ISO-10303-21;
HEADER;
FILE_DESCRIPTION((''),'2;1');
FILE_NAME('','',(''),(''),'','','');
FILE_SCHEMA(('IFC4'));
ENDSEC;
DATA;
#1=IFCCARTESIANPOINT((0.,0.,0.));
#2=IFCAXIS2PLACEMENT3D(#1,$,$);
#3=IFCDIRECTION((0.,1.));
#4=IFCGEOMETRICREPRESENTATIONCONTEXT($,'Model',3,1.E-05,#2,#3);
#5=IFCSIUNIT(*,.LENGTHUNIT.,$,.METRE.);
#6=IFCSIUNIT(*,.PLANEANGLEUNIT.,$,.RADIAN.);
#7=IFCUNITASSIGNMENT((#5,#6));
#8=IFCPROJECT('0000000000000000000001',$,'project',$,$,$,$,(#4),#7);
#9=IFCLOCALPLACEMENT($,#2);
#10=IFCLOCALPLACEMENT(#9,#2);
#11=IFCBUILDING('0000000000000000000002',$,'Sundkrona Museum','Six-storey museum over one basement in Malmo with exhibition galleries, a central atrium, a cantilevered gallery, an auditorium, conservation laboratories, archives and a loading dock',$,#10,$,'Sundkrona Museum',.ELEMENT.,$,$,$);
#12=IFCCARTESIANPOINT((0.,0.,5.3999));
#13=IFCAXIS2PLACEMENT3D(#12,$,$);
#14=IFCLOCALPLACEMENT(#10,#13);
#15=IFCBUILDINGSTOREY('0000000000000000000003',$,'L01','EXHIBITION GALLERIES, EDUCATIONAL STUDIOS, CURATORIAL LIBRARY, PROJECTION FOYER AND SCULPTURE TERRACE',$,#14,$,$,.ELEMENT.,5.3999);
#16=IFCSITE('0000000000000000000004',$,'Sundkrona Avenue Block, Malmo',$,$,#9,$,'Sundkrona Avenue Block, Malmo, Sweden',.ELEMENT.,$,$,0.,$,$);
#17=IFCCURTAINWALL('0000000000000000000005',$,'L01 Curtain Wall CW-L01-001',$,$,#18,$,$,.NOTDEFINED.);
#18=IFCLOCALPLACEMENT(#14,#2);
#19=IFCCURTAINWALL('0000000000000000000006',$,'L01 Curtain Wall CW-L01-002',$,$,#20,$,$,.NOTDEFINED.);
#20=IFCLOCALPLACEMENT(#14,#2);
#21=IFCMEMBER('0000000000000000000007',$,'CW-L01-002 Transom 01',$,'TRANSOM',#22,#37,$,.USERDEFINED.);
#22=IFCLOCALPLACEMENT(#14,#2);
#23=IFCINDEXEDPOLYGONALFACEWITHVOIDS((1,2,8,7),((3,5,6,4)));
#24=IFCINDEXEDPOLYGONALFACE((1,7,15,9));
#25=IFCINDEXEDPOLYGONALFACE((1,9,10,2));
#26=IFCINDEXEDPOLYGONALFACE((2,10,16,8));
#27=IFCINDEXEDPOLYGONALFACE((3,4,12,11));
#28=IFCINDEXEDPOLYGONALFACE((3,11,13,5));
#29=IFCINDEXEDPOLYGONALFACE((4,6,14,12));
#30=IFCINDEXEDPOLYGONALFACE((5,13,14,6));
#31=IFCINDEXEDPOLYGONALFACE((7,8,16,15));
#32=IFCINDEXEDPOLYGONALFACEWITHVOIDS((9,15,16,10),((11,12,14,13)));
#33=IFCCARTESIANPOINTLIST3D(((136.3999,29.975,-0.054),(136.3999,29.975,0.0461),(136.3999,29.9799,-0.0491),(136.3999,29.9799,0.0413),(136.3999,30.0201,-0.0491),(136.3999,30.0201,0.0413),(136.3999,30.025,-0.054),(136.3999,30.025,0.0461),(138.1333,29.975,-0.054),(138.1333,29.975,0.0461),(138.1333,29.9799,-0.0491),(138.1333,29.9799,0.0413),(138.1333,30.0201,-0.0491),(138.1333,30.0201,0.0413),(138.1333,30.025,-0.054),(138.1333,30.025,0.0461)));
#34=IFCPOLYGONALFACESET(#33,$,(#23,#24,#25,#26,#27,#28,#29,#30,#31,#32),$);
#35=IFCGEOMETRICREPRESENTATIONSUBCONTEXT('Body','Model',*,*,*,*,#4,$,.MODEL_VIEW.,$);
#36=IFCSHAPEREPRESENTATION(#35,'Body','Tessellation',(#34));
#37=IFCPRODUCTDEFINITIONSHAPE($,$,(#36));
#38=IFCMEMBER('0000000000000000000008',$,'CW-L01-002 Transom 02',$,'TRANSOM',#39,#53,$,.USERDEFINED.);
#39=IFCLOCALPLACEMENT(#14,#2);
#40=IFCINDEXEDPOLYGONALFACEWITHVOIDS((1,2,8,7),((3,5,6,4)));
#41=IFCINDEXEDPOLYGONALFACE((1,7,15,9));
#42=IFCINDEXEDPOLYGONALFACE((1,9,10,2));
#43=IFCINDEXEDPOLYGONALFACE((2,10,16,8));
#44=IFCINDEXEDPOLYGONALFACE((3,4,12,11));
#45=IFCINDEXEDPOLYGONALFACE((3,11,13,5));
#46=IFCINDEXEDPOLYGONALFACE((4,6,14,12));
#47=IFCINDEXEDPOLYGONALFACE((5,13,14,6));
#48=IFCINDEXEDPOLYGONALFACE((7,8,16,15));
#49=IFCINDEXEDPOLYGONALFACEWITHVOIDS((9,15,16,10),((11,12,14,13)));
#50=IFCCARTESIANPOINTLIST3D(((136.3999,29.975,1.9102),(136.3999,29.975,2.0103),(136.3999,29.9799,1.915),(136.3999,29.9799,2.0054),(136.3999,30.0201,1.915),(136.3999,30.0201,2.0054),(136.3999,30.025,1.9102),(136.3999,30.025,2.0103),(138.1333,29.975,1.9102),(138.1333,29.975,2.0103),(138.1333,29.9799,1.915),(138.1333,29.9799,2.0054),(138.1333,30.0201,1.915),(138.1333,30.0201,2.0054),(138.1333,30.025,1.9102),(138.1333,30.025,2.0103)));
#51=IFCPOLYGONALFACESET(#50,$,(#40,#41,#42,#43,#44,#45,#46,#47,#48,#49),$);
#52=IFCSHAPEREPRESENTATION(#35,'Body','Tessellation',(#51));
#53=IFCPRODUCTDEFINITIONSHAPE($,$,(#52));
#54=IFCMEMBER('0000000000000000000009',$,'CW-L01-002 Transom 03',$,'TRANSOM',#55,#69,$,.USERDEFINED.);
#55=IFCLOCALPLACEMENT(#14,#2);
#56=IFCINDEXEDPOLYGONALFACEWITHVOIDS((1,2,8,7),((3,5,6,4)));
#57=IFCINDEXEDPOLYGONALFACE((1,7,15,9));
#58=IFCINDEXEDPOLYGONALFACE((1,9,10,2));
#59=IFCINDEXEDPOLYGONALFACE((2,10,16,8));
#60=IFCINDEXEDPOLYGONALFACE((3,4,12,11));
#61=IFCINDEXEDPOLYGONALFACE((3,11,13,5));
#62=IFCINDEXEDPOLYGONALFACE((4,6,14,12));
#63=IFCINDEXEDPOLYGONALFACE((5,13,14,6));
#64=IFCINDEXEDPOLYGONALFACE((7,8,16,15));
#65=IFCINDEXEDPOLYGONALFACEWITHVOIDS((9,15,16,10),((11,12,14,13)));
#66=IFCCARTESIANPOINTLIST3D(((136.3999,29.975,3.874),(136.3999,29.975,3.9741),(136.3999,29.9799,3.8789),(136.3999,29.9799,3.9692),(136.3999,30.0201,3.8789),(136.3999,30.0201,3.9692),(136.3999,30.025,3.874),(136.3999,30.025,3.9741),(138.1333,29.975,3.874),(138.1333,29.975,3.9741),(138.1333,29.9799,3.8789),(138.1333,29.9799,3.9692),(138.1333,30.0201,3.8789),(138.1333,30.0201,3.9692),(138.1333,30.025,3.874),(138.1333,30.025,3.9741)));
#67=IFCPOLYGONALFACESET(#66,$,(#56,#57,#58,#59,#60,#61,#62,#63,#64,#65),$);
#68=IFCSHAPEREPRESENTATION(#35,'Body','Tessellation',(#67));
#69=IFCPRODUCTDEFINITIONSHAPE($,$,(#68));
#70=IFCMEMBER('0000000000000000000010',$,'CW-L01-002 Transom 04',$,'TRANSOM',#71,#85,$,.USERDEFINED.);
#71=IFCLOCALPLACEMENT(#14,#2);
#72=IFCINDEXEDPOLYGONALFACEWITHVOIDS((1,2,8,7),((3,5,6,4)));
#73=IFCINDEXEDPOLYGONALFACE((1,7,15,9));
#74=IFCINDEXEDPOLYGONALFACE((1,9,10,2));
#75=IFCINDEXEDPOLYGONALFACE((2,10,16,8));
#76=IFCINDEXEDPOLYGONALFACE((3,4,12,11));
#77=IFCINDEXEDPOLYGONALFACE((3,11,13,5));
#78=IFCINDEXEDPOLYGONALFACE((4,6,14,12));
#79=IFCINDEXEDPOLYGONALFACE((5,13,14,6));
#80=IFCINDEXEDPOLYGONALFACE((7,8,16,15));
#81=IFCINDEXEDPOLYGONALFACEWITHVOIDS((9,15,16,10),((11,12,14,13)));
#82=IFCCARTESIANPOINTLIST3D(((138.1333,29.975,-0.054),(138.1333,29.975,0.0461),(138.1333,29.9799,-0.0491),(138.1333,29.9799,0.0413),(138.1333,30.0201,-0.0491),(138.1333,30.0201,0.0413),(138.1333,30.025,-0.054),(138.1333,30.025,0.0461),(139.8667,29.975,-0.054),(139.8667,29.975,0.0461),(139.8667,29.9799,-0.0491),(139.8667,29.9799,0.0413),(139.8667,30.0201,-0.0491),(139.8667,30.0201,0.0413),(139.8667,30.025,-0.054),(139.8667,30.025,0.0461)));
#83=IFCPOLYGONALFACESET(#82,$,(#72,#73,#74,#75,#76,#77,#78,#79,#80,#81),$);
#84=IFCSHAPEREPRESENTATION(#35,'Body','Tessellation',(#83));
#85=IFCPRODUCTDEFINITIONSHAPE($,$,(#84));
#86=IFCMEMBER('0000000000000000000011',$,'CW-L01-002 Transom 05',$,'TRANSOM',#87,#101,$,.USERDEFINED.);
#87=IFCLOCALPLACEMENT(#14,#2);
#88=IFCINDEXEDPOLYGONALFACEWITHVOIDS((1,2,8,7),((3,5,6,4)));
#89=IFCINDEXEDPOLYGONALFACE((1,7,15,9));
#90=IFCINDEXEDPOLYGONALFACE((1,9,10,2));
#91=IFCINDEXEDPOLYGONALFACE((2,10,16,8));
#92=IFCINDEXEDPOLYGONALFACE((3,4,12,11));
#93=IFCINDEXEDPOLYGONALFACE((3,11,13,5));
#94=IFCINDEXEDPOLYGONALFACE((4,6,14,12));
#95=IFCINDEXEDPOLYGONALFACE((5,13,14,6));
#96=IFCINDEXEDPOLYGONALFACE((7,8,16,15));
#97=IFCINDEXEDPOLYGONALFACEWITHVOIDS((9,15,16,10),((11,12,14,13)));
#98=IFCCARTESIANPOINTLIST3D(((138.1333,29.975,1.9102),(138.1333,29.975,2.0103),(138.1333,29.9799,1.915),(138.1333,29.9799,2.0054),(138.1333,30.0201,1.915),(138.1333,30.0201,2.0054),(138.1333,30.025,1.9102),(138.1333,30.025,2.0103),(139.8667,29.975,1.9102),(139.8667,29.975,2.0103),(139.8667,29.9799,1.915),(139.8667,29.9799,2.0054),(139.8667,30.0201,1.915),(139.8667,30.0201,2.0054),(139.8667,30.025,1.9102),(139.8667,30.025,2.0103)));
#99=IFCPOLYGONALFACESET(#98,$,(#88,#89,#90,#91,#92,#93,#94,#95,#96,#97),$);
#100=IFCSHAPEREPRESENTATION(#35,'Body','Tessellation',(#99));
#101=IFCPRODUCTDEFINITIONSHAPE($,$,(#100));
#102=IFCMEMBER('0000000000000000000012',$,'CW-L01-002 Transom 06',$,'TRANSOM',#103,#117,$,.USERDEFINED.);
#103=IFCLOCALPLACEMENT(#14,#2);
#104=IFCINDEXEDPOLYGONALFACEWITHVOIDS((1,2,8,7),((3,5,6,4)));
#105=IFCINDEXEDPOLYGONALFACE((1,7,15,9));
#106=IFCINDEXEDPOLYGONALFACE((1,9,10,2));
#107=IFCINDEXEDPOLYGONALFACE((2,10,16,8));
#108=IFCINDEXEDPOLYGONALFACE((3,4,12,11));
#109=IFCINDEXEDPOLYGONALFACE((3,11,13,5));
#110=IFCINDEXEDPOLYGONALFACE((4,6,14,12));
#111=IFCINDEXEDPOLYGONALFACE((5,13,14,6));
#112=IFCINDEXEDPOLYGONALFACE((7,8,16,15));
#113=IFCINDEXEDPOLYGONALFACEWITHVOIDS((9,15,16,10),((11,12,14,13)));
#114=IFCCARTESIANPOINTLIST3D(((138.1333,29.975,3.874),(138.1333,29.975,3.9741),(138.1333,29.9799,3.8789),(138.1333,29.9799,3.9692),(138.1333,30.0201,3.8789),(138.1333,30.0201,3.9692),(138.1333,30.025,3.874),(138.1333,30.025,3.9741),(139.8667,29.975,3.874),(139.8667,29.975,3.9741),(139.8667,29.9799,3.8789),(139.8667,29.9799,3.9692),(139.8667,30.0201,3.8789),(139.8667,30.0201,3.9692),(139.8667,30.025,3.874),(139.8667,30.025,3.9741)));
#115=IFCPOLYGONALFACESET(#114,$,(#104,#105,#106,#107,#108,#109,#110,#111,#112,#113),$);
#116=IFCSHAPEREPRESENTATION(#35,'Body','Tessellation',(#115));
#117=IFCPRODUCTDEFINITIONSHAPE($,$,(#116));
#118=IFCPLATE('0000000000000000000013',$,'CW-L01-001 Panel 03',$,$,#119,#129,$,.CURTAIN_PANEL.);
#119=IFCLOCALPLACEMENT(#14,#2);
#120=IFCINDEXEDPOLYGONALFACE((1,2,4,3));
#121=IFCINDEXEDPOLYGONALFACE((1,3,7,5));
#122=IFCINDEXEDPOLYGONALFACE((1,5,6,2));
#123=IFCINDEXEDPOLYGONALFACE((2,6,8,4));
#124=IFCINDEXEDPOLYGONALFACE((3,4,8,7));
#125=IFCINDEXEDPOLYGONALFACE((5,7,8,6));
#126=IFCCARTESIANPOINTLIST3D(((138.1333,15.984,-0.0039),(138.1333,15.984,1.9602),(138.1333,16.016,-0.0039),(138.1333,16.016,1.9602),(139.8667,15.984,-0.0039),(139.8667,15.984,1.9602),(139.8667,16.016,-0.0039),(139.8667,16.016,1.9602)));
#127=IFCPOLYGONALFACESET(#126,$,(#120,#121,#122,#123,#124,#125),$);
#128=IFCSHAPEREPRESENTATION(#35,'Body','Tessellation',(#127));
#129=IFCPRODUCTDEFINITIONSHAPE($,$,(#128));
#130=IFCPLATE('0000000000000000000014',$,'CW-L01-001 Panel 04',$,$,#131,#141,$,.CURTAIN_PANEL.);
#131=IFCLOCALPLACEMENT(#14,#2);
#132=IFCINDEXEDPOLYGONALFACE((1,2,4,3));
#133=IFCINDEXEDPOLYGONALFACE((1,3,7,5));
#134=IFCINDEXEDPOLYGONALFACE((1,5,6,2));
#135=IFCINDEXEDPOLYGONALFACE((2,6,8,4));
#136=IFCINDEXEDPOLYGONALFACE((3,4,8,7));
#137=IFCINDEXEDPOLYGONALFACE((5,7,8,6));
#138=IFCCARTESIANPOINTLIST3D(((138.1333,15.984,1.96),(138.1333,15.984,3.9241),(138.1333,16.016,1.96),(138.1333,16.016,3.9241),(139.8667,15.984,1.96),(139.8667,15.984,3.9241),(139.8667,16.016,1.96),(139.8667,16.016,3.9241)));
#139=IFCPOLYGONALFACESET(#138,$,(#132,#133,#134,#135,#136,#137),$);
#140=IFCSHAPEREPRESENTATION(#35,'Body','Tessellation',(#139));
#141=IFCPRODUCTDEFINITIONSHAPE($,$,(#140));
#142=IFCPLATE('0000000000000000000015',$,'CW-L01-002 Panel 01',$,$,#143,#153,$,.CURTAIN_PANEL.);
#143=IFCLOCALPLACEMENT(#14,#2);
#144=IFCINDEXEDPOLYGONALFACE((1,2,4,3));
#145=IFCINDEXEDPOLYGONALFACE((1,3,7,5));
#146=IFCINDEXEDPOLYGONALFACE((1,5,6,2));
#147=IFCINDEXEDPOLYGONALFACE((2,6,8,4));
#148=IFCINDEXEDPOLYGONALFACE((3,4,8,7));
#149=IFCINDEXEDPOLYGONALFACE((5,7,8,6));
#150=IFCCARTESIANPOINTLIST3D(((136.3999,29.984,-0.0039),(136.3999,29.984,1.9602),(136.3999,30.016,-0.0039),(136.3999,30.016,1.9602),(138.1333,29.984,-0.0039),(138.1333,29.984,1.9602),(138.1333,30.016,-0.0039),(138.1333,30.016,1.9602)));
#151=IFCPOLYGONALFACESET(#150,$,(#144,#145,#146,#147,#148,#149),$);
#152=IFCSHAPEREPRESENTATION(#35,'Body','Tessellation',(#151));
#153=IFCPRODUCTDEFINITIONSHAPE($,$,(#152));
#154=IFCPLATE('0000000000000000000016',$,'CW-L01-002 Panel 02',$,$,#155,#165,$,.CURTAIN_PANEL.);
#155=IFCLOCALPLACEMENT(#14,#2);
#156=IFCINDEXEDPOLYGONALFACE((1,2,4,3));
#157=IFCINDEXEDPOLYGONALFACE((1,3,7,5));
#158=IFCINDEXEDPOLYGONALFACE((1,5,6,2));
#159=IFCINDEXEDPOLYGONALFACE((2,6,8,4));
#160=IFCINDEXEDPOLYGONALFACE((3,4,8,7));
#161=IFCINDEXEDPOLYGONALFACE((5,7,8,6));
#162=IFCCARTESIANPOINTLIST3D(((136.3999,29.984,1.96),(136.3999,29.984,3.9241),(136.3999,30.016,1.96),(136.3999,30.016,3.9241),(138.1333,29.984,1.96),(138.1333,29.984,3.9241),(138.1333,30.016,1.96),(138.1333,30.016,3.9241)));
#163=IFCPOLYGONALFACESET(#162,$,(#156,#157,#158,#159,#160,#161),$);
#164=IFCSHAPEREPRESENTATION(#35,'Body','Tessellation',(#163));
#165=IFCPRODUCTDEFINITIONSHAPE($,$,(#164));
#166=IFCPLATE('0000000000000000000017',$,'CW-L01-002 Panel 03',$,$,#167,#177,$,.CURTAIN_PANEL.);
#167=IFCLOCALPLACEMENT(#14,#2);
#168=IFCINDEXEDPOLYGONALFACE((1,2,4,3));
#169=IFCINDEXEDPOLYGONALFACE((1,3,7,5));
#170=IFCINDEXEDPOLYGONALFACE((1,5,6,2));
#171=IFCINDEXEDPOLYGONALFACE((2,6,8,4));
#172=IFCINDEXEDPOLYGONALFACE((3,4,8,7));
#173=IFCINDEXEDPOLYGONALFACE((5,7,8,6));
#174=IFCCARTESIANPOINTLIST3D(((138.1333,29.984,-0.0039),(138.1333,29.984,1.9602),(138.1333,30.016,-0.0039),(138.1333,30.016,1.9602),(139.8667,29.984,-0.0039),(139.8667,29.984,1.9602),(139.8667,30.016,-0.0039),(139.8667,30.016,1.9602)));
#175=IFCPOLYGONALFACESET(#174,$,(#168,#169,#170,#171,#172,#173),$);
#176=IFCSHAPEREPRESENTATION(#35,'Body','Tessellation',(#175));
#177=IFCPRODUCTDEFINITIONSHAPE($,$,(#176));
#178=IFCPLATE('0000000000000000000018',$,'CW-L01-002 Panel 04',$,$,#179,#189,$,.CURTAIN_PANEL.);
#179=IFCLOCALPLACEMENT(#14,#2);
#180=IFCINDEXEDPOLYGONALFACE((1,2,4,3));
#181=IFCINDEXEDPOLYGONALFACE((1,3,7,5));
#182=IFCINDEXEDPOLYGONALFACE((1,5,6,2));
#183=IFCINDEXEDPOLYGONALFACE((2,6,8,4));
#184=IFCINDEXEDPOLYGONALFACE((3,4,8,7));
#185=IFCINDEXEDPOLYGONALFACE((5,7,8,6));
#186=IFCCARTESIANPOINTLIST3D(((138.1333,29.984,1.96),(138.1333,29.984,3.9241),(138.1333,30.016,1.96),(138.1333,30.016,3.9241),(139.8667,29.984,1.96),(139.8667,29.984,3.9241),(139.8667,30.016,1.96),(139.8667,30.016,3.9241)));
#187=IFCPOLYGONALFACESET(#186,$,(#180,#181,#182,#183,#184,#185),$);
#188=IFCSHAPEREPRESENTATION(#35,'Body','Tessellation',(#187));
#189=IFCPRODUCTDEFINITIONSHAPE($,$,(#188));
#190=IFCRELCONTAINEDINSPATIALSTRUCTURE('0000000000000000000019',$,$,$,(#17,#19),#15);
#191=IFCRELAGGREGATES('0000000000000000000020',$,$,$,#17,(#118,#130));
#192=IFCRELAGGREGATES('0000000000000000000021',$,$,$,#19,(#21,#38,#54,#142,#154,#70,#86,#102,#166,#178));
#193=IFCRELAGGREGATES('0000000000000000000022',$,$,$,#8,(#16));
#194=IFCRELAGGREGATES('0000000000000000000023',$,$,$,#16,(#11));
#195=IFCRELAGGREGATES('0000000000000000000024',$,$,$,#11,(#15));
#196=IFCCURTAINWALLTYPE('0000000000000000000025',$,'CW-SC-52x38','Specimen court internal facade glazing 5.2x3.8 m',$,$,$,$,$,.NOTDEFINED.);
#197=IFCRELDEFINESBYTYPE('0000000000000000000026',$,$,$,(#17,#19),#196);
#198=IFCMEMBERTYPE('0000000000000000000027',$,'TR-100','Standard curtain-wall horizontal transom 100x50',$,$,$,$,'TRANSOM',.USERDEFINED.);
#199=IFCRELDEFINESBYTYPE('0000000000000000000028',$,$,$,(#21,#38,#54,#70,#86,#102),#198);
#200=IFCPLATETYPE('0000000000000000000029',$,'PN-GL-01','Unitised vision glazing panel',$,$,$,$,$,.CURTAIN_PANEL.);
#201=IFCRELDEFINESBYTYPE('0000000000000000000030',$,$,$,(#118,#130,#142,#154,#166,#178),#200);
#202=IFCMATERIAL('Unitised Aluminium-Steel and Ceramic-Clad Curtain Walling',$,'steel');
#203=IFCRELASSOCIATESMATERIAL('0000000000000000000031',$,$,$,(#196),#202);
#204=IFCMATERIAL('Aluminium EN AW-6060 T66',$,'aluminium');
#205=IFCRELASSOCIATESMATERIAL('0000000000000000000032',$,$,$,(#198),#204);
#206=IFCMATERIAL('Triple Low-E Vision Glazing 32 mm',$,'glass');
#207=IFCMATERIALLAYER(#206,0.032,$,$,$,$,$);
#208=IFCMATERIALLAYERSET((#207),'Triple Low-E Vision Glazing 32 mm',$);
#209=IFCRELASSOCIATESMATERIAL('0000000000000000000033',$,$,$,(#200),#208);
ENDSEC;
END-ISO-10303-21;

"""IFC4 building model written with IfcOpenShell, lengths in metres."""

from ifc_helpers import new_model, si_unit, direction, frame, origin, origin_2d, place, context, subcontext, project, spatial, rectangle, hollow_rectangle, extrude, material, layer, layer_set, material_profile, profile_set, type_object, element, aggregate, save


model = new_model("IFC4")

# Units and contexts
model_context = context("Model", 3, precision=1e-05, world=origin(), true_north=direction((0.0, 1.0)))
body_context = subcontext(model_context, "Body", "Model", "MODEL_VIEW")
ifc_project = project(units=[si_unit("LENGTHUNIT", "METRE"), si_unit("PLANEANGLEUNIT", "RADIAN")], contexts=[model_context])

# Site, building, storey
site_placement = place(None, origin())
site = spatial("IfcSite", under=ifc_project, at=site_placement, Name="Sundkrona Avenue Block, Malmo", LongName="Sundkrona Avenue Block, Malmo, Sweden", CompositionType="ELEMENT", RefElevation=0.0)
building_placement = place(site_placement, origin())
building = spatial("IfcBuilding", under=site, at=building_placement, Name="Sundkrona Museum", Description="Six-storey museum over one basement in Malmo with exhibition galleries, a central atrium, a cantilevered gallery, an auditorium, conservation laboratories, archives and a loading dock", LongName="Sundkrona Museum", CompositionType="ELEMENT")
storey_placement = place(building_placement, frame((0.0, 0.0, 5.3999)))
storey = spatial("IfcBuildingStorey", under=building, at=storey_placement, Name="L01", Description="EXHIBITION GALLERIES, EDUCATIONAL STUDIOS, CURATORIAL LIBRARY, PROJECTION FOYER AND SCULPTURE TERRACE", CompositionType="ELEMENT", Elevation=5.3999)

# Curtain wall
ifc_material_1 = material(Name="Unitised Aluminium-Steel and Ceramic-Clad Curtain Walling", Category="steel")
curtain_wall_type = type_object("IfcCurtainWallType", Name="CW-SC-52x38", Description="Specimen court internal facade glazing 5.2x3.8 m", PredefinedType="NOTDEFINED", material=ifc_material_1)
curtain_wall_1_placement = place(storey_placement, origin())
curtain_wall_1 = element("IfcCurtainWall", 1, at=curtain_wall_1_placement, inside=storey, type_object=curtain_wall_type, Name="L01 Curtain Wall CW-L01-001", PredefinedType="NOTDEFINED")
ifc_material_2 = material(Name="Aluminium EN AW-6060 T66", Category="aluminium")

# Curtain wall
curtain_wall_2_placement = place(storey_placement, origin())
curtain_wall_2 = element("IfcCurtainWall", 2, at=curtain_wall_2_placement, inside=storey, type_object=curtain_wall_type, Name="L01 Curtain Wall CW-L01-002", PredefinedType="NOTDEFINED")

# Members
ifc_material_profile_1 = material_profile(ifc_material_2, hollow_rectangle(XDim=0.05, YDim=0.1001, WallThickness=0.0049, at=origin_2d()), Name="RHS 100x50x5.0")
ifc_profile_set_1 = profile_set([ifc_material_profile_1], Name="Aluminium EN AW-6060 T66")
member_type_1 = type_object("IfcMemberType", Name="TR-100", Description="Standard curtain-wall horizontal transom 100x50", ElementType="TRANSOM", PredefinedType="USERDEFINED", material=ifc_profile_set_1)
member_1_placement = place(storey_placement, frame((136.3999, 30.0, -0.0039), z_axis=(1.0, 0.0, 0.0), x_axis=(0.0, 1.0, 0.0)))
member_1 = element("IfcMember", 3, at=member_1_placement, type_object=member_type_1, Name="CW-L01-002 Transom 01", ObjectType="TRANSOM", PredefinedType="USERDEFINED", context=body_context, shape_type="SweptSolid", body=[
    extrude(hollow_rectangle(XDim=0.05, YDim=0.1001, WallThickness=0.0049, at=origin_2d()), origin(), (0.0, 0.0, 1.0), 1.7334),
])
member_2_placement = place(storey_placement, frame((136.3999, 30.0, 1.9602), z_axis=(1.0, 0.0, 0.0), x_axis=(0.0, 1.0, 0.0)))
member_2 = element("IfcMember", 4, at=member_2_placement, type_object=member_type_1, Name="CW-L01-002 Transom 02", ObjectType="TRANSOM", PredefinedType="USERDEFINED", context=body_context, shape_type="SweptSolid", body=[
    extrude(hollow_rectangle(XDim=0.05, YDim=0.1001, WallThickness=0.0049, at=origin_2d()), origin(), (0.0, 0.0, 1.0), 1.7334),
])
member_3_placement = place(storey_placement, frame((136.3999, 30.0, 3.9241), z_axis=(1.0, 0.0, 0.0), x_axis=(0.0, 1.0, 0.0)))
member_3 = element("IfcMember", 5, at=member_3_placement, type_object=member_type_1, Name="CW-L01-002 Transom 03", ObjectType="TRANSOM", PredefinedType="USERDEFINED", context=body_context, shape_type="SweptSolid", body=[
    extrude(hollow_rectangle(XDim=0.05, YDim=0.1001, WallThickness=0.0049, at=origin_2d()), origin(), (0.0, 0.0, 1.0), 1.7334),
])
member_4_placement = place(storey_placement, frame((138.1333, 30.0, -0.0039), z_axis=(1.0, 0.0, 0.0), x_axis=(0.0, 1.0, 0.0)))
member_4 = element("IfcMember", 6, at=member_4_placement, type_object=member_type_1, Name="CW-L01-002 Transom 04", ObjectType="TRANSOM", PredefinedType="USERDEFINED", context=body_context, shape_type="SweptSolid", body=[
    extrude(hollow_rectangle(XDim=0.05, YDim=0.1001, WallThickness=0.0049, at=origin_2d()), origin(), (0.0, 0.0, 1.0), 1.7334),
])
member_5_placement = place(storey_placement, frame((138.1333, 30.0, 1.9602), z_axis=(1.0, 0.0, 0.0), x_axis=(0.0, 1.0, 0.0)))
member_5 = element("IfcMember", 7, at=member_5_placement, type_object=member_type_1, Name="CW-L01-002 Transom 05", ObjectType="TRANSOM", PredefinedType="USERDEFINED", context=body_context, shape_type="SweptSolid", body=[
    extrude(hollow_rectangle(XDim=0.05, YDim=0.1001, WallThickness=0.0049, at=origin_2d()), origin(), (0.0, 0.0, 1.0), 1.7334),
])
member_6_placement = place(storey_placement, frame((138.1333, 30.0, 3.9241), z_axis=(1.0, 0.0, 0.0), x_axis=(0.0, 1.0, 0.0)))
member_6 = element("IfcMember", 8, at=member_6_placement, type_object=member_type_1, Name="CW-L01-002 Transom 06", ObjectType="TRANSOM", PredefinedType="USERDEFINED", context=body_context, shape_type="SweptSolid", body=[
    extrude(hollow_rectangle(XDim=0.05, YDim=0.1001, WallThickness=0.0049, at=origin_2d()), origin(), (0.0, 0.0, 1.0), 1.7334),
])

# Plates
ifc_material_3 = material(Name="Triple Low-E Vision Glazing 32 mm", Category="glass")
ifc_layer = layer(ifc_material_3, 0.032)
ifc_layer_set = layer_set([ifc_layer], Name="Triple Low-E Vision Glazing 32 mm")
plate_type = type_object("IfcPlateType", Name="PN-GL-01", Description="Unitised vision glazing panel", PredefinedType="CURTAIN_PANEL", material=ifc_layer_set)
plate_1_placement = place(storey_placement, frame((139.0, 16.0, -0.0039), z_axis=(0.0, 0.0, 1.0), x_axis=(1.0, 0.0, 0.0)))
plate_1 = element("IfcPlate", 9, at=plate_1_placement, type_object=plate_type, Name="CW-L01-001 Panel 03", PredefinedType="CURTAIN_PANEL", context=body_context, shape_type="SweptSolid", body=[
    extrude(rectangle(XDim=1.7334, YDim=0.032, at=origin_2d()), origin(), (0.0, 0.0, 1.0), 1.9641),
])
plate_2_placement = place(storey_placement, frame((139.0, 16.0, 1.96), z_axis=(0.0, 0.0, 1.0), x_axis=(1.0, 0.0, 0.0)))
plate_2 = element("IfcPlate", 10, at=plate_2_placement, type_object=plate_type, Name="CW-L01-001 Panel 04", PredefinedType="CURTAIN_PANEL", context=body_context, shape_type="SweptSolid", body=[
    extrude(rectangle(XDim=1.7334, YDim=0.032, at=origin_2d()), origin(), (0.0, 0.0, 1.0), 1.9641),
])
aggregate(curtain_wall_1, [plate_1, plate_2])
plate_3_placement = place(storey_placement, frame((137.2666, 30.0, -0.0039), z_axis=(0.0, 0.0, 1.0), x_axis=(1.0, 0.0, 0.0)))
plate_3 = element("IfcPlate", 11, at=plate_3_placement, type_object=plate_type, Name="CW-L01-002 Panel 01", PredefinedType="CURTAIN_PANEL", context=body_context, shape_type="SweptSolid", body=[
    extrude(rectangle(XDim=1.7334, YDim=0.032, at=origin_2d()), origin(), (0.0, 0.0, 1.0), 1.9641),
])
plate_4_placement = place(storey_placement, frame((137.2666, 30.0, 1.96), z_axis=(0.0, 0.0, 1.0), x_axis=(1.0, 0.0, 0.0)))
plate_4 = element("IfcPlate", 12, at=plate_4_placement, type_object=plate_type, Name="CW-L01-002 Panel 02", PredefinedType="CURTAIN_PANEL", context=body_context, shape_type="SweptSolid", body=[
    extrude(rectangle(XDim=1.7334, YDim=0.032, at=origin_2d()), origin(), (0.0, 0.0, 1.0), 1.9641),
])
plate_5_placement = place(storey_placement, frame((139.0, 30.0, -0.0039), z_axis=(0.0, 0.0, 1.0), x_axis=(1.0, 0.0, 0.0)))
plate_5 = element("IfcPlate", 13, at=plate_5_placement, type_object=plate_type, Name="CW-L01-002 Panel 03", PredefinedType="CURTAIN_PANEL", context=body_context, shape_type="SweptSolid", body=[
    extrude(rectangle(XDim=1.7334, YDim=0.032, at=origin_2d()), origin(), (0.0, 0.0, 1.0), 1.9641),
])
plate_6_placement = place(storey_placement, frame((139.0, 30.0, 1.96), z_axis=(0.0, 0.0, 1.0), x_axis=(1.0, 0.0, 0.0)))
plate_6 = element("IfcPlate", 14, at=plate_6_placement, type_object=plate_type, Name="CW-L01-002 Panel 04", PredefinedType="CURTAIN_PANEL", context=body_context, shape_type="SweptSolid", body=[
    extrude(rectangle(XDim=1.7334, YDim=0.032, at=origin_2d()), origin(), (0.0, 0.0, 1.0), 1.9641),
])
aggregate(curtain_wall_2, [member_1, member_2, member_3, plate_3, plate_4, member_4, member_5, member_6, plate_5, plate_6])

save(model, "model.ifc")
